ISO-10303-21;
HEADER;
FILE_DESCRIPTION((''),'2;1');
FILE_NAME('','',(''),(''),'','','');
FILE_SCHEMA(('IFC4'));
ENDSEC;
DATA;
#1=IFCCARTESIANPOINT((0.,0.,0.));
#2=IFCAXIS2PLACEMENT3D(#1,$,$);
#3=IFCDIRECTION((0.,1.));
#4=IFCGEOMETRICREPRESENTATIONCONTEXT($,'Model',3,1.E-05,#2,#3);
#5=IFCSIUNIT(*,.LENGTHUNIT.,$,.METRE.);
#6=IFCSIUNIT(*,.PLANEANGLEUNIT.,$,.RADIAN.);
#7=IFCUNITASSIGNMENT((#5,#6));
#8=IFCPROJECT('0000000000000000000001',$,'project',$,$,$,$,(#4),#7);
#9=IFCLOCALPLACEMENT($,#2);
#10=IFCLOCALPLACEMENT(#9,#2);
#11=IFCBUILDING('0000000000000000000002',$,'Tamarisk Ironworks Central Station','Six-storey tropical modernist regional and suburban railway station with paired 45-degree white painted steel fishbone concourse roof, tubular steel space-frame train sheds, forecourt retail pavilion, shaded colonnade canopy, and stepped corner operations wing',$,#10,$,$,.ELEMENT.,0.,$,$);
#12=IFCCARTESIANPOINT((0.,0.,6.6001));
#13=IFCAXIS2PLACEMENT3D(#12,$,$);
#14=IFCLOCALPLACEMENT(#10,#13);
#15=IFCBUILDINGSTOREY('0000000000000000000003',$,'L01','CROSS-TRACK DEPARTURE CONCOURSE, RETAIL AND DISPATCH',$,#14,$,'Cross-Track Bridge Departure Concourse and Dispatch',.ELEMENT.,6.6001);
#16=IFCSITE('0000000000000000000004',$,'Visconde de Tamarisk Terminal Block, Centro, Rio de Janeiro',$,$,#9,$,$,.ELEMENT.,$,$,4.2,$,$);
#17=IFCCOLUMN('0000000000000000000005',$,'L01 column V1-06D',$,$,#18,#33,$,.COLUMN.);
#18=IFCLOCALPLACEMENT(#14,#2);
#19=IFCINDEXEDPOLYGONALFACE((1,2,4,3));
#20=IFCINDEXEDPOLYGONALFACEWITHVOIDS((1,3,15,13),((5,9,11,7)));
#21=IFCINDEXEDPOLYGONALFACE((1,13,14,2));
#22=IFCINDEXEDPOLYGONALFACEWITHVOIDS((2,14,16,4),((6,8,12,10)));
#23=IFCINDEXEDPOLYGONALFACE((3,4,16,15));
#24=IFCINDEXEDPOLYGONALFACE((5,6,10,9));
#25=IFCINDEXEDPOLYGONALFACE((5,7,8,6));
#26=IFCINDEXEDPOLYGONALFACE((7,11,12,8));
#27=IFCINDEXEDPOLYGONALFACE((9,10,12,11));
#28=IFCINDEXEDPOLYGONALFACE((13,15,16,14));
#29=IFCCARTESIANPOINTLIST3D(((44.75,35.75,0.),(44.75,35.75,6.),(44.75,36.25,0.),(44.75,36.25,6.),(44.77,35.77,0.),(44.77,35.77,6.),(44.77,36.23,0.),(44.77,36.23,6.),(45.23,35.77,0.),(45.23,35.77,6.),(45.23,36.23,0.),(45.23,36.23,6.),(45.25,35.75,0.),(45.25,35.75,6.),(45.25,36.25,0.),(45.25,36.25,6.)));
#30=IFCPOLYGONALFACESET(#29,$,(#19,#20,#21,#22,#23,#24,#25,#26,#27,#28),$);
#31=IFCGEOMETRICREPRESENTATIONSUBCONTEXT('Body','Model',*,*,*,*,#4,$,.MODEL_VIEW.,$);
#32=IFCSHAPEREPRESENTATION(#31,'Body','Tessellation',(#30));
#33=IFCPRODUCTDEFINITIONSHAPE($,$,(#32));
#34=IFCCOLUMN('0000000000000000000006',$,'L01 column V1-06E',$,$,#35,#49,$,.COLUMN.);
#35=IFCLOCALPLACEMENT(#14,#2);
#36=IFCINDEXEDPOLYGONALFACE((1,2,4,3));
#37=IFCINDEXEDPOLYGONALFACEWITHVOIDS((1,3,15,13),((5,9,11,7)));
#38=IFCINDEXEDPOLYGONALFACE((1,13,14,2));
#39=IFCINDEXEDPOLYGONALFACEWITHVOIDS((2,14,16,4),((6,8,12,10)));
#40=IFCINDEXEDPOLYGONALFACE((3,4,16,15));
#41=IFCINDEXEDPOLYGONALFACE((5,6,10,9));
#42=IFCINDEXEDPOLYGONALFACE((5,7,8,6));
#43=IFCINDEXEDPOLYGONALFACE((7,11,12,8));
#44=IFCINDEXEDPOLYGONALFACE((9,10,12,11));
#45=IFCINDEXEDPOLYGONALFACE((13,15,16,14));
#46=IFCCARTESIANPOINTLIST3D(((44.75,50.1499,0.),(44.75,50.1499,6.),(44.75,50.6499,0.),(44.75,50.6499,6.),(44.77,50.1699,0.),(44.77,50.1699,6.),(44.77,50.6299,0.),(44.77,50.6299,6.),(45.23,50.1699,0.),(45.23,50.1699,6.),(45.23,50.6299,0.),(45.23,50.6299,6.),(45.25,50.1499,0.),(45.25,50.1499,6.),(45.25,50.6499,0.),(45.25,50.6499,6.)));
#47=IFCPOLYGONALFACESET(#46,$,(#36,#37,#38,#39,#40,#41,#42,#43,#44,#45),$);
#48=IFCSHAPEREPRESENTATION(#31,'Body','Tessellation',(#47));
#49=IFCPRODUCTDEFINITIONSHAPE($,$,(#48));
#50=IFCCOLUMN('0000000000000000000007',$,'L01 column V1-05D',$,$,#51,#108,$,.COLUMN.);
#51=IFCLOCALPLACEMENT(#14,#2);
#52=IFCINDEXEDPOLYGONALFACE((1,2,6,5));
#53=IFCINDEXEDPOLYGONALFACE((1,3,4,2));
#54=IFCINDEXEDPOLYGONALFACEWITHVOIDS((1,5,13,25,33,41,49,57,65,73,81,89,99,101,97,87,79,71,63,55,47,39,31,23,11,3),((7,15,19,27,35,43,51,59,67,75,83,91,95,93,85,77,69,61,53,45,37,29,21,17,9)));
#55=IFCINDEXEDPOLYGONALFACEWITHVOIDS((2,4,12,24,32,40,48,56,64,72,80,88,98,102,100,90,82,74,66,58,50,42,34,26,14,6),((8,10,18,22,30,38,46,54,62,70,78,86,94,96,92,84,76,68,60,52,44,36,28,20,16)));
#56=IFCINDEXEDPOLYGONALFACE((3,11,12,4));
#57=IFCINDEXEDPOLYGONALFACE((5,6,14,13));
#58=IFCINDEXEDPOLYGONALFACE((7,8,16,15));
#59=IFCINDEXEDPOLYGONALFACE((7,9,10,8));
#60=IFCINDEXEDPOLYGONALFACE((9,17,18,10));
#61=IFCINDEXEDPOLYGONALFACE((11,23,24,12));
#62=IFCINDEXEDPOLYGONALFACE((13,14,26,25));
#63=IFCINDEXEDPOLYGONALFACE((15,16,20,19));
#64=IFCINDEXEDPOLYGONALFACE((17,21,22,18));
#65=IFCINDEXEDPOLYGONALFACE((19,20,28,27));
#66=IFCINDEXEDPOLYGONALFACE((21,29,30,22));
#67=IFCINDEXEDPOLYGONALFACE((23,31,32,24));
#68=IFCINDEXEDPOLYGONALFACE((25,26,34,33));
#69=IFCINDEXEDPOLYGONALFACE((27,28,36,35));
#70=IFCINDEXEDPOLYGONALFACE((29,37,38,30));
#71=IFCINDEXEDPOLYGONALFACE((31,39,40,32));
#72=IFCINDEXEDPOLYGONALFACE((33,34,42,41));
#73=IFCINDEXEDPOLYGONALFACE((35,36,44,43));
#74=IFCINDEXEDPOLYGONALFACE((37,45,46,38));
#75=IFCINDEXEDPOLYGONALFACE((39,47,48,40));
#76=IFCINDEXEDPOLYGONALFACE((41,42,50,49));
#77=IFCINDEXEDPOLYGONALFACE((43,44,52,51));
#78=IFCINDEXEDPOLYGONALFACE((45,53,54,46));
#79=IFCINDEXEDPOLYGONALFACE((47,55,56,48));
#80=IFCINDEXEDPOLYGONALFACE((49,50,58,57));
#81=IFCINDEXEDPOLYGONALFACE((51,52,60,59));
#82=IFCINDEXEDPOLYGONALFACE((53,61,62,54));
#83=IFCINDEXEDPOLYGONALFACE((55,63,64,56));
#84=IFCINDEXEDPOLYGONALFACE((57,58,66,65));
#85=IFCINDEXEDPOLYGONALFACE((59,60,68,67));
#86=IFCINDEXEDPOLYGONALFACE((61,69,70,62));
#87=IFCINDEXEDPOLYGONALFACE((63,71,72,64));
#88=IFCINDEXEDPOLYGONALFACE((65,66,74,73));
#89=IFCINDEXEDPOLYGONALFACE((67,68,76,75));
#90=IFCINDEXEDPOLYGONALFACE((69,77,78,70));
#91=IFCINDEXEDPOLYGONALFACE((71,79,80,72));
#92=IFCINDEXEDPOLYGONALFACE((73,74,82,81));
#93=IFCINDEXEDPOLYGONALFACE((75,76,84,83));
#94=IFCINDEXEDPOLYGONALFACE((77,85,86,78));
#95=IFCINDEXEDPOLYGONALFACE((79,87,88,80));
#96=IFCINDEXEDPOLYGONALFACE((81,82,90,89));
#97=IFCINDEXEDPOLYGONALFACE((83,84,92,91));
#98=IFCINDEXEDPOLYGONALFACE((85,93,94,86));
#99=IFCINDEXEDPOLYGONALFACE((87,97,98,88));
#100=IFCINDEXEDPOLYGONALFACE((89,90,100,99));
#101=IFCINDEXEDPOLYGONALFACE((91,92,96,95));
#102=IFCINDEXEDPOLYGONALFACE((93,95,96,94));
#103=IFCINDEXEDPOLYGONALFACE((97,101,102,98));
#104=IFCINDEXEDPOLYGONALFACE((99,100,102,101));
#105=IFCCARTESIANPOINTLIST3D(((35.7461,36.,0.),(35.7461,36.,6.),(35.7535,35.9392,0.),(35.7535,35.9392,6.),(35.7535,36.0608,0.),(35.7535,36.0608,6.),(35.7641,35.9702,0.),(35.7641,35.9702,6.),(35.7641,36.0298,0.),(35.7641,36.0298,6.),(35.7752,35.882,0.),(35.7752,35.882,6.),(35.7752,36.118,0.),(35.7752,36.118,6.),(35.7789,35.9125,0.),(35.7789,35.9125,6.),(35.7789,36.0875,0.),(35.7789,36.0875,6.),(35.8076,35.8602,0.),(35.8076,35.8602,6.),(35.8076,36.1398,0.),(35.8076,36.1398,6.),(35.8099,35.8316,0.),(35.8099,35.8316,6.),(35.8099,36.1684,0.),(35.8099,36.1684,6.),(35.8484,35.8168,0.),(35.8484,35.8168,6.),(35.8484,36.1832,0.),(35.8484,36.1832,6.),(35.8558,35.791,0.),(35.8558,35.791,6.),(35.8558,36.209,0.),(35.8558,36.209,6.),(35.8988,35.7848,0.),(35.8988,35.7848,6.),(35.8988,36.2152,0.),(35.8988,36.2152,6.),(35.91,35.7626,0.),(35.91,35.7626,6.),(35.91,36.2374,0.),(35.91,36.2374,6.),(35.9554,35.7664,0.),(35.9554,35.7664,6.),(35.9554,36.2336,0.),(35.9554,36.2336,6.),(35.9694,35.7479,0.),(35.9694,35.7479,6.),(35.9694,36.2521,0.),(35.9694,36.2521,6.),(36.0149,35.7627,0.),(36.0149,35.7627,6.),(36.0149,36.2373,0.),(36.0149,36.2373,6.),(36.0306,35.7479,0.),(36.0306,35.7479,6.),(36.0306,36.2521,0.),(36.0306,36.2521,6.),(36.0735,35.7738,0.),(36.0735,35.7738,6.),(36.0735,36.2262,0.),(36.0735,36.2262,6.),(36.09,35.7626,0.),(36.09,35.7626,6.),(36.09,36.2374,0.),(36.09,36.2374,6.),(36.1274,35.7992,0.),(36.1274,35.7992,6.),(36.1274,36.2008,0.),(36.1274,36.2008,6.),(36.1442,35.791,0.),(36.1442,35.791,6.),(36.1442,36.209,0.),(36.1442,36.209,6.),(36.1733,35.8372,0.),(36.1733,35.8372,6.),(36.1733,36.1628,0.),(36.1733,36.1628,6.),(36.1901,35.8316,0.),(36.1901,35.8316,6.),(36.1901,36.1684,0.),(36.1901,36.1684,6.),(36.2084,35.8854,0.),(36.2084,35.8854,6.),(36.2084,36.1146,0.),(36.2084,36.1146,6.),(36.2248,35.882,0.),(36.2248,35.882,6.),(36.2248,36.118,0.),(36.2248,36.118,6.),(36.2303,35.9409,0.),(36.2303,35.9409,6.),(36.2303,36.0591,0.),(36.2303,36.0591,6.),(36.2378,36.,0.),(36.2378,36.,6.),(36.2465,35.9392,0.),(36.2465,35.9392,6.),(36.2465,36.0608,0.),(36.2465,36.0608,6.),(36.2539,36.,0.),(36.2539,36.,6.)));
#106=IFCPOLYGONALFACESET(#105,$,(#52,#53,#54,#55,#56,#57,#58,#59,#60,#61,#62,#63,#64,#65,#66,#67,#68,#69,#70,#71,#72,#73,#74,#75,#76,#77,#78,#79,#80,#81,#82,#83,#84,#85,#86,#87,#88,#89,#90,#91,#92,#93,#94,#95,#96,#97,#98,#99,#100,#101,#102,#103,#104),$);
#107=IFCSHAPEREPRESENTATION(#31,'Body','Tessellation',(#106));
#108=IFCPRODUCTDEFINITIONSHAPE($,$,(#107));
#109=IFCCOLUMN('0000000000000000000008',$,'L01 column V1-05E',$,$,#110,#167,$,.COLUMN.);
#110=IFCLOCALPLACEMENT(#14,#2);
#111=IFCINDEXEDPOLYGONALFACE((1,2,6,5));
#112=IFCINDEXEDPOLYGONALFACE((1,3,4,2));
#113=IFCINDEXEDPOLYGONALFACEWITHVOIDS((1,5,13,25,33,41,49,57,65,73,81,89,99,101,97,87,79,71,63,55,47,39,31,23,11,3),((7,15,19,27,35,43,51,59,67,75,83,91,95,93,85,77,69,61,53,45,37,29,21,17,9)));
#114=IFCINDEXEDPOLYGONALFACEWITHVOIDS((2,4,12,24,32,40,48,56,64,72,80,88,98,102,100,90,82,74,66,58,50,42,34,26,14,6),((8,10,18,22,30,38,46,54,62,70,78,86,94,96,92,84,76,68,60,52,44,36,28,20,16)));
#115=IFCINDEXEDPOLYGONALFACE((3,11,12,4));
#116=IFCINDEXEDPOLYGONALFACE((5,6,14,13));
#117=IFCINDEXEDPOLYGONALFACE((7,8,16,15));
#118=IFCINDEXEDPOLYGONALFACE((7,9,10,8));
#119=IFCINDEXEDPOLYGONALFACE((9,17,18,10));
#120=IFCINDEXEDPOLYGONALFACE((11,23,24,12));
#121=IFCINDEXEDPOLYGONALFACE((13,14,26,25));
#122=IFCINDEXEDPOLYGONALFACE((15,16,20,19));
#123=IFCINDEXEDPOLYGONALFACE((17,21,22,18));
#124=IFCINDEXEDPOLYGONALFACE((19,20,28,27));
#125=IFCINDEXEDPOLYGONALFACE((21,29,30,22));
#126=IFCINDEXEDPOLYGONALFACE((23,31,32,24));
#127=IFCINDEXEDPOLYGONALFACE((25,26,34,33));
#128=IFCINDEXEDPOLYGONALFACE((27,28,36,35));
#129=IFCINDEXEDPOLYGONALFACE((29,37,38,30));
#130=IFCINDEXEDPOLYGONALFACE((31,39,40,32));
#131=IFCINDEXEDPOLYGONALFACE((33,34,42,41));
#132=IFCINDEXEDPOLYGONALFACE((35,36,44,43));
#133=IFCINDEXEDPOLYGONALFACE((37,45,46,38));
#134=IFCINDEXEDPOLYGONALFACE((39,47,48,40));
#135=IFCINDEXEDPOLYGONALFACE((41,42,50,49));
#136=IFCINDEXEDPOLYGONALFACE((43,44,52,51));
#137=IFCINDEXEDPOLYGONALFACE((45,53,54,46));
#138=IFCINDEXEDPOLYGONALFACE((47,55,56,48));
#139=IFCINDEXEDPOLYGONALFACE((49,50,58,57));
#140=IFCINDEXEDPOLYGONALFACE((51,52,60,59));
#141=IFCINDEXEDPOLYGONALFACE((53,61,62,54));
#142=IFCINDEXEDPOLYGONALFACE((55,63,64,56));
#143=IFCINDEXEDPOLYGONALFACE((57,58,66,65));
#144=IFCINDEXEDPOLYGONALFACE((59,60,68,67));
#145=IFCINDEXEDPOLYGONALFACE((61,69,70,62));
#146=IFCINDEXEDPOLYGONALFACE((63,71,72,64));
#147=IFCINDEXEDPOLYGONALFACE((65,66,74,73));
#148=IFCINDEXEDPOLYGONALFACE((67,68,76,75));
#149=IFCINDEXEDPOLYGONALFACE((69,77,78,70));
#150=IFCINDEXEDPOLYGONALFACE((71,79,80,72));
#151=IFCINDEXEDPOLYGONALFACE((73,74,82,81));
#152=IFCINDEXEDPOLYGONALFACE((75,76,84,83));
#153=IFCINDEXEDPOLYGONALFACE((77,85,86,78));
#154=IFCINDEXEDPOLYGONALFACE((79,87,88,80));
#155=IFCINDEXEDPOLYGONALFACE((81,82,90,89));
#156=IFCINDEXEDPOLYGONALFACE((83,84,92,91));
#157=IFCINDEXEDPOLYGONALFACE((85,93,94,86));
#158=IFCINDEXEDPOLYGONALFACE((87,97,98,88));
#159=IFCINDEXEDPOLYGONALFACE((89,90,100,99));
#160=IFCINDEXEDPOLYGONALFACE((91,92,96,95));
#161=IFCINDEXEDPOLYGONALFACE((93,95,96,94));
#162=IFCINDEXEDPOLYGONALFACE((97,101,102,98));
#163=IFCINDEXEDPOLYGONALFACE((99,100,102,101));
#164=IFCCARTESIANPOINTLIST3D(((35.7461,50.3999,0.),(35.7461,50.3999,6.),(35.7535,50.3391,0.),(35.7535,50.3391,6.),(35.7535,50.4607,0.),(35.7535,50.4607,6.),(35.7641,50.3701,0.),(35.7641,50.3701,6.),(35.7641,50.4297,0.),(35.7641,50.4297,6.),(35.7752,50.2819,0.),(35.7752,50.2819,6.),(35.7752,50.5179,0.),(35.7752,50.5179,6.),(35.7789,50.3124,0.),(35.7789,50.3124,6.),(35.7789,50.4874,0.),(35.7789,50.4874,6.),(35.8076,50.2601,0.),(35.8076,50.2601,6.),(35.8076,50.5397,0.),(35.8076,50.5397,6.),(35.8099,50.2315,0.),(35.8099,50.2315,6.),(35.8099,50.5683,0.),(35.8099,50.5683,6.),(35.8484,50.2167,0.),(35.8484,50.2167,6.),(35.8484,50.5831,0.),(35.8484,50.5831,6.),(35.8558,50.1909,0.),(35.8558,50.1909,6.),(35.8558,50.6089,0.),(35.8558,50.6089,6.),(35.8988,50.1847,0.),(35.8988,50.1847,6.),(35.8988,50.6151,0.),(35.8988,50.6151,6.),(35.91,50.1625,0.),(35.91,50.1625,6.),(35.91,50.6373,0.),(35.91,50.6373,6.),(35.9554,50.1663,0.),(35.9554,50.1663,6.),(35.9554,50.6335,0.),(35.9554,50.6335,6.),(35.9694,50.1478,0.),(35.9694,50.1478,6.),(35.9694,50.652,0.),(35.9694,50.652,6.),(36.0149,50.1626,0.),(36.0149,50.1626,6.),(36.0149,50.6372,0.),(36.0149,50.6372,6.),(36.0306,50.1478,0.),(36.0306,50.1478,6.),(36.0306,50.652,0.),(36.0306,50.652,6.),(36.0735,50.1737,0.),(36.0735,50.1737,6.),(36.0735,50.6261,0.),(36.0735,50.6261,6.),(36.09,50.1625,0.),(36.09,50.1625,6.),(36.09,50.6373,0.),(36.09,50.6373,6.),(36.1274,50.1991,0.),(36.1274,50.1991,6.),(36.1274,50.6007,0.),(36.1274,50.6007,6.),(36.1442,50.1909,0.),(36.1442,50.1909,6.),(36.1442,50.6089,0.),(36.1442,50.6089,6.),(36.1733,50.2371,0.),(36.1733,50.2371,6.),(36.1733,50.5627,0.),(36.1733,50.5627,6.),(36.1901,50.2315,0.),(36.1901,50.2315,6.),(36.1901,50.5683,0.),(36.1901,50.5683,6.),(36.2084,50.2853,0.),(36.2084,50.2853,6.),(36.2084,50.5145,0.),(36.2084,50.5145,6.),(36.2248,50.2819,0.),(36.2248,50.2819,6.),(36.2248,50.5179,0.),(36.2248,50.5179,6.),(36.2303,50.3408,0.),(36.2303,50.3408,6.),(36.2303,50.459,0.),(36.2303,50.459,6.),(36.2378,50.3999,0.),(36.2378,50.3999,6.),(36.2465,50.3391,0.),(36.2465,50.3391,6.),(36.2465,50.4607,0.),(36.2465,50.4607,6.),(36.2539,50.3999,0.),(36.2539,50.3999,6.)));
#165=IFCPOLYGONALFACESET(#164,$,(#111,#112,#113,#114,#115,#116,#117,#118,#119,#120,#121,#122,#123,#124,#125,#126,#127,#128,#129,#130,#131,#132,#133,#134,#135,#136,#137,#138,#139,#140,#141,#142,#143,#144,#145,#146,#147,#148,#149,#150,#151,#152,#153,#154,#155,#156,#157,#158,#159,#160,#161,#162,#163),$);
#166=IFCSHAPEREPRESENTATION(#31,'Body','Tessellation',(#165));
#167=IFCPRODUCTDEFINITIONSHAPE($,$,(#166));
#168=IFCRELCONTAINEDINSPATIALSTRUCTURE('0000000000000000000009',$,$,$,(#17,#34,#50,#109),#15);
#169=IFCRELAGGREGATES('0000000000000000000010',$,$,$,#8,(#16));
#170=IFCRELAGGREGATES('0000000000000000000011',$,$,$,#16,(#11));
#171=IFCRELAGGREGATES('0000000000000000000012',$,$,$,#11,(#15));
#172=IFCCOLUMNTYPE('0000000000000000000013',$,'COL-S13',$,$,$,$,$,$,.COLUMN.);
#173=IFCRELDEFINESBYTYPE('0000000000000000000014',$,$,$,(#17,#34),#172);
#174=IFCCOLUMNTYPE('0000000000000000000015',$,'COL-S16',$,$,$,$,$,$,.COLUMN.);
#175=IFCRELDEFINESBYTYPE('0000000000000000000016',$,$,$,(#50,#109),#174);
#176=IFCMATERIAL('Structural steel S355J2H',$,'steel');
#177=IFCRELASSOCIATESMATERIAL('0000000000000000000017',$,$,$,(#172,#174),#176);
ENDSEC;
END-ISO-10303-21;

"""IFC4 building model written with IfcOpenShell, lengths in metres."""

from ifc_helpers import new_model, si_unit, direction, frame, origin, origin_2d, place, context, subcontext, project, spatial, hollow_rectangle, hollow_circle, extrude, material, material_profile, profile_set, type_object, element, save


model = new_model("IFC4")

# Units and contexts
model_context = context("Model", 3, precision=1e-05, world=origin(), true_north=direction((0.0, 1.0)))
body_context = subcontext(model_context, "Body", "Model", "MODEL_VIEW")
ifc_project = project(units=[si_unit("LENGTHUNIT", "METRE"), si_unit("PLANEANGLEUNIT", "RADIAN")], contexts=[model_context])

# Site, building, storey
site_placement = place(None, origin())
site = spatial("IfcSite", under=ifc_project, at=site_placement, Name="Visconde de Tamarisk Terminal Block, Centro, Rio de Janeiro", CompositionType="ELEMENT", RefElevation=4.2)
building_placement = place(site_placement, origin())
building = spatial("IfcBuilding", under=site, at=building_placement, Name="Tamarisk Ironworks Central Station", Description="Six-storey tropical modernist regional and suburban railway station with paired 45-degree white painted steel fishbone concourse roof, tubular steel space-frame train sheds, forecourt retail pavilion, shaded colonnade canopy, and stepped corner operations wing", CompositionType="ELEMENT", ElevationOfRefHeight=0.0)
storey_placement = place(building_placement, frame((0.0, 0.0, 6.6001)))
storey = spatial("IfcBuildingStorey", under=building, at=storey_placement, Name="L01", Description="CROSS-TRACK DEPARTURE CONCOURSE, RETAIL AND DISPATCH", LongName="Cross-Track Bridge Departure Concourse and Dispatch", CompositionType="ELEMENT", Elevation=6.6001)

# Columns
ifc_material_1 = material(Name="Structural steel S355J2H", Category="steel")
ifc_material_profile_1 = material_profile(ifc_material_1, hollow_rectangle(XDim=0.5, YDim=0.5, WallThickness=0.02, at=origin_2d()), Name="SHS 500x500x20")
ifc_profile_set_1 = profile_set([ifc_material_profile_1], Name="Structural steel S355J2H")
column_type_1 = type_object("IfcColumnType", Name="COL-S13", PredefinedType="COLUMN", material=ifc_profile_set_1)
for number, where, z_axis, x_axis, name in (
    (1, (45.0, 36.0, 0.0), (0.0, 0.0, 1.0), (1.0, 0.0, 0.0), "L01 column V1-06D"),
    (2, (45.0, 50.3999, 0.0), (0.0, 0.0, 1.0), (1.0, 0.0, 0.0), "L01 column V1-06E"),
):
    element("IfcColumn", number, at=place(storey_placement, frame(where, z_axis=z_axis, x_axis=x_axis)), inside=storey, type_object=column_type_1, Name=name, PredefinedType="COLUMN", context=body_context, shape_type="SweptSolid", body=[
        extrude(hollow_rectangle(XDim=0.5, YDim=0.5, WallThickness=0.02, at=origin_2d()), origin(), (0.0, 0.0, 1.0), 6.0),
    ])
ifc_material_profile_2 = material_profile(ifc_material_1, hollow_circle(Radius=0.2539, WallThickness=0.0161, at=origin_2d()), Name="CHS 508x16")
ifc_profile_set_2 = profile_set([ifc_material_profile_2], Name="Structural steel S355J2H")
column_type_2 = type_object("IfcColumnType", Name="COL-S16", PredefinedType="COLUMN", material=ifc_profile_set_2)
for number, where, z_axis, x_axis, name in (
    (3, (36.0, 36.0, 0.0), (0.0, 0.0, 1.0), (1.0, 0.0, 0.0), "L01 column V1-05D"),
    (4, (36.0, 50.3999, 0.0), (0.0, 0.0, 1.0), (1.0, 0.0, 0.0), "L01 column V1-05E"),
):
    element("IfcColumn", number, at=place(storey_placement, frame(where, z_axis=z_axis, x_axis=x_axis)), inside=storey, type_object=column_type_2, Name=name, PredefinedType="COLUMN", context=body_context, shape_type="SweptSolid", body=[
        extrude(hollow_circle(Radius=0.2539, WallThickness=0.0161, at=origin_2d()), origin(), (0.0, 0.0, 1.0), 6.0),
    ])

save(model, "model.ifc")
